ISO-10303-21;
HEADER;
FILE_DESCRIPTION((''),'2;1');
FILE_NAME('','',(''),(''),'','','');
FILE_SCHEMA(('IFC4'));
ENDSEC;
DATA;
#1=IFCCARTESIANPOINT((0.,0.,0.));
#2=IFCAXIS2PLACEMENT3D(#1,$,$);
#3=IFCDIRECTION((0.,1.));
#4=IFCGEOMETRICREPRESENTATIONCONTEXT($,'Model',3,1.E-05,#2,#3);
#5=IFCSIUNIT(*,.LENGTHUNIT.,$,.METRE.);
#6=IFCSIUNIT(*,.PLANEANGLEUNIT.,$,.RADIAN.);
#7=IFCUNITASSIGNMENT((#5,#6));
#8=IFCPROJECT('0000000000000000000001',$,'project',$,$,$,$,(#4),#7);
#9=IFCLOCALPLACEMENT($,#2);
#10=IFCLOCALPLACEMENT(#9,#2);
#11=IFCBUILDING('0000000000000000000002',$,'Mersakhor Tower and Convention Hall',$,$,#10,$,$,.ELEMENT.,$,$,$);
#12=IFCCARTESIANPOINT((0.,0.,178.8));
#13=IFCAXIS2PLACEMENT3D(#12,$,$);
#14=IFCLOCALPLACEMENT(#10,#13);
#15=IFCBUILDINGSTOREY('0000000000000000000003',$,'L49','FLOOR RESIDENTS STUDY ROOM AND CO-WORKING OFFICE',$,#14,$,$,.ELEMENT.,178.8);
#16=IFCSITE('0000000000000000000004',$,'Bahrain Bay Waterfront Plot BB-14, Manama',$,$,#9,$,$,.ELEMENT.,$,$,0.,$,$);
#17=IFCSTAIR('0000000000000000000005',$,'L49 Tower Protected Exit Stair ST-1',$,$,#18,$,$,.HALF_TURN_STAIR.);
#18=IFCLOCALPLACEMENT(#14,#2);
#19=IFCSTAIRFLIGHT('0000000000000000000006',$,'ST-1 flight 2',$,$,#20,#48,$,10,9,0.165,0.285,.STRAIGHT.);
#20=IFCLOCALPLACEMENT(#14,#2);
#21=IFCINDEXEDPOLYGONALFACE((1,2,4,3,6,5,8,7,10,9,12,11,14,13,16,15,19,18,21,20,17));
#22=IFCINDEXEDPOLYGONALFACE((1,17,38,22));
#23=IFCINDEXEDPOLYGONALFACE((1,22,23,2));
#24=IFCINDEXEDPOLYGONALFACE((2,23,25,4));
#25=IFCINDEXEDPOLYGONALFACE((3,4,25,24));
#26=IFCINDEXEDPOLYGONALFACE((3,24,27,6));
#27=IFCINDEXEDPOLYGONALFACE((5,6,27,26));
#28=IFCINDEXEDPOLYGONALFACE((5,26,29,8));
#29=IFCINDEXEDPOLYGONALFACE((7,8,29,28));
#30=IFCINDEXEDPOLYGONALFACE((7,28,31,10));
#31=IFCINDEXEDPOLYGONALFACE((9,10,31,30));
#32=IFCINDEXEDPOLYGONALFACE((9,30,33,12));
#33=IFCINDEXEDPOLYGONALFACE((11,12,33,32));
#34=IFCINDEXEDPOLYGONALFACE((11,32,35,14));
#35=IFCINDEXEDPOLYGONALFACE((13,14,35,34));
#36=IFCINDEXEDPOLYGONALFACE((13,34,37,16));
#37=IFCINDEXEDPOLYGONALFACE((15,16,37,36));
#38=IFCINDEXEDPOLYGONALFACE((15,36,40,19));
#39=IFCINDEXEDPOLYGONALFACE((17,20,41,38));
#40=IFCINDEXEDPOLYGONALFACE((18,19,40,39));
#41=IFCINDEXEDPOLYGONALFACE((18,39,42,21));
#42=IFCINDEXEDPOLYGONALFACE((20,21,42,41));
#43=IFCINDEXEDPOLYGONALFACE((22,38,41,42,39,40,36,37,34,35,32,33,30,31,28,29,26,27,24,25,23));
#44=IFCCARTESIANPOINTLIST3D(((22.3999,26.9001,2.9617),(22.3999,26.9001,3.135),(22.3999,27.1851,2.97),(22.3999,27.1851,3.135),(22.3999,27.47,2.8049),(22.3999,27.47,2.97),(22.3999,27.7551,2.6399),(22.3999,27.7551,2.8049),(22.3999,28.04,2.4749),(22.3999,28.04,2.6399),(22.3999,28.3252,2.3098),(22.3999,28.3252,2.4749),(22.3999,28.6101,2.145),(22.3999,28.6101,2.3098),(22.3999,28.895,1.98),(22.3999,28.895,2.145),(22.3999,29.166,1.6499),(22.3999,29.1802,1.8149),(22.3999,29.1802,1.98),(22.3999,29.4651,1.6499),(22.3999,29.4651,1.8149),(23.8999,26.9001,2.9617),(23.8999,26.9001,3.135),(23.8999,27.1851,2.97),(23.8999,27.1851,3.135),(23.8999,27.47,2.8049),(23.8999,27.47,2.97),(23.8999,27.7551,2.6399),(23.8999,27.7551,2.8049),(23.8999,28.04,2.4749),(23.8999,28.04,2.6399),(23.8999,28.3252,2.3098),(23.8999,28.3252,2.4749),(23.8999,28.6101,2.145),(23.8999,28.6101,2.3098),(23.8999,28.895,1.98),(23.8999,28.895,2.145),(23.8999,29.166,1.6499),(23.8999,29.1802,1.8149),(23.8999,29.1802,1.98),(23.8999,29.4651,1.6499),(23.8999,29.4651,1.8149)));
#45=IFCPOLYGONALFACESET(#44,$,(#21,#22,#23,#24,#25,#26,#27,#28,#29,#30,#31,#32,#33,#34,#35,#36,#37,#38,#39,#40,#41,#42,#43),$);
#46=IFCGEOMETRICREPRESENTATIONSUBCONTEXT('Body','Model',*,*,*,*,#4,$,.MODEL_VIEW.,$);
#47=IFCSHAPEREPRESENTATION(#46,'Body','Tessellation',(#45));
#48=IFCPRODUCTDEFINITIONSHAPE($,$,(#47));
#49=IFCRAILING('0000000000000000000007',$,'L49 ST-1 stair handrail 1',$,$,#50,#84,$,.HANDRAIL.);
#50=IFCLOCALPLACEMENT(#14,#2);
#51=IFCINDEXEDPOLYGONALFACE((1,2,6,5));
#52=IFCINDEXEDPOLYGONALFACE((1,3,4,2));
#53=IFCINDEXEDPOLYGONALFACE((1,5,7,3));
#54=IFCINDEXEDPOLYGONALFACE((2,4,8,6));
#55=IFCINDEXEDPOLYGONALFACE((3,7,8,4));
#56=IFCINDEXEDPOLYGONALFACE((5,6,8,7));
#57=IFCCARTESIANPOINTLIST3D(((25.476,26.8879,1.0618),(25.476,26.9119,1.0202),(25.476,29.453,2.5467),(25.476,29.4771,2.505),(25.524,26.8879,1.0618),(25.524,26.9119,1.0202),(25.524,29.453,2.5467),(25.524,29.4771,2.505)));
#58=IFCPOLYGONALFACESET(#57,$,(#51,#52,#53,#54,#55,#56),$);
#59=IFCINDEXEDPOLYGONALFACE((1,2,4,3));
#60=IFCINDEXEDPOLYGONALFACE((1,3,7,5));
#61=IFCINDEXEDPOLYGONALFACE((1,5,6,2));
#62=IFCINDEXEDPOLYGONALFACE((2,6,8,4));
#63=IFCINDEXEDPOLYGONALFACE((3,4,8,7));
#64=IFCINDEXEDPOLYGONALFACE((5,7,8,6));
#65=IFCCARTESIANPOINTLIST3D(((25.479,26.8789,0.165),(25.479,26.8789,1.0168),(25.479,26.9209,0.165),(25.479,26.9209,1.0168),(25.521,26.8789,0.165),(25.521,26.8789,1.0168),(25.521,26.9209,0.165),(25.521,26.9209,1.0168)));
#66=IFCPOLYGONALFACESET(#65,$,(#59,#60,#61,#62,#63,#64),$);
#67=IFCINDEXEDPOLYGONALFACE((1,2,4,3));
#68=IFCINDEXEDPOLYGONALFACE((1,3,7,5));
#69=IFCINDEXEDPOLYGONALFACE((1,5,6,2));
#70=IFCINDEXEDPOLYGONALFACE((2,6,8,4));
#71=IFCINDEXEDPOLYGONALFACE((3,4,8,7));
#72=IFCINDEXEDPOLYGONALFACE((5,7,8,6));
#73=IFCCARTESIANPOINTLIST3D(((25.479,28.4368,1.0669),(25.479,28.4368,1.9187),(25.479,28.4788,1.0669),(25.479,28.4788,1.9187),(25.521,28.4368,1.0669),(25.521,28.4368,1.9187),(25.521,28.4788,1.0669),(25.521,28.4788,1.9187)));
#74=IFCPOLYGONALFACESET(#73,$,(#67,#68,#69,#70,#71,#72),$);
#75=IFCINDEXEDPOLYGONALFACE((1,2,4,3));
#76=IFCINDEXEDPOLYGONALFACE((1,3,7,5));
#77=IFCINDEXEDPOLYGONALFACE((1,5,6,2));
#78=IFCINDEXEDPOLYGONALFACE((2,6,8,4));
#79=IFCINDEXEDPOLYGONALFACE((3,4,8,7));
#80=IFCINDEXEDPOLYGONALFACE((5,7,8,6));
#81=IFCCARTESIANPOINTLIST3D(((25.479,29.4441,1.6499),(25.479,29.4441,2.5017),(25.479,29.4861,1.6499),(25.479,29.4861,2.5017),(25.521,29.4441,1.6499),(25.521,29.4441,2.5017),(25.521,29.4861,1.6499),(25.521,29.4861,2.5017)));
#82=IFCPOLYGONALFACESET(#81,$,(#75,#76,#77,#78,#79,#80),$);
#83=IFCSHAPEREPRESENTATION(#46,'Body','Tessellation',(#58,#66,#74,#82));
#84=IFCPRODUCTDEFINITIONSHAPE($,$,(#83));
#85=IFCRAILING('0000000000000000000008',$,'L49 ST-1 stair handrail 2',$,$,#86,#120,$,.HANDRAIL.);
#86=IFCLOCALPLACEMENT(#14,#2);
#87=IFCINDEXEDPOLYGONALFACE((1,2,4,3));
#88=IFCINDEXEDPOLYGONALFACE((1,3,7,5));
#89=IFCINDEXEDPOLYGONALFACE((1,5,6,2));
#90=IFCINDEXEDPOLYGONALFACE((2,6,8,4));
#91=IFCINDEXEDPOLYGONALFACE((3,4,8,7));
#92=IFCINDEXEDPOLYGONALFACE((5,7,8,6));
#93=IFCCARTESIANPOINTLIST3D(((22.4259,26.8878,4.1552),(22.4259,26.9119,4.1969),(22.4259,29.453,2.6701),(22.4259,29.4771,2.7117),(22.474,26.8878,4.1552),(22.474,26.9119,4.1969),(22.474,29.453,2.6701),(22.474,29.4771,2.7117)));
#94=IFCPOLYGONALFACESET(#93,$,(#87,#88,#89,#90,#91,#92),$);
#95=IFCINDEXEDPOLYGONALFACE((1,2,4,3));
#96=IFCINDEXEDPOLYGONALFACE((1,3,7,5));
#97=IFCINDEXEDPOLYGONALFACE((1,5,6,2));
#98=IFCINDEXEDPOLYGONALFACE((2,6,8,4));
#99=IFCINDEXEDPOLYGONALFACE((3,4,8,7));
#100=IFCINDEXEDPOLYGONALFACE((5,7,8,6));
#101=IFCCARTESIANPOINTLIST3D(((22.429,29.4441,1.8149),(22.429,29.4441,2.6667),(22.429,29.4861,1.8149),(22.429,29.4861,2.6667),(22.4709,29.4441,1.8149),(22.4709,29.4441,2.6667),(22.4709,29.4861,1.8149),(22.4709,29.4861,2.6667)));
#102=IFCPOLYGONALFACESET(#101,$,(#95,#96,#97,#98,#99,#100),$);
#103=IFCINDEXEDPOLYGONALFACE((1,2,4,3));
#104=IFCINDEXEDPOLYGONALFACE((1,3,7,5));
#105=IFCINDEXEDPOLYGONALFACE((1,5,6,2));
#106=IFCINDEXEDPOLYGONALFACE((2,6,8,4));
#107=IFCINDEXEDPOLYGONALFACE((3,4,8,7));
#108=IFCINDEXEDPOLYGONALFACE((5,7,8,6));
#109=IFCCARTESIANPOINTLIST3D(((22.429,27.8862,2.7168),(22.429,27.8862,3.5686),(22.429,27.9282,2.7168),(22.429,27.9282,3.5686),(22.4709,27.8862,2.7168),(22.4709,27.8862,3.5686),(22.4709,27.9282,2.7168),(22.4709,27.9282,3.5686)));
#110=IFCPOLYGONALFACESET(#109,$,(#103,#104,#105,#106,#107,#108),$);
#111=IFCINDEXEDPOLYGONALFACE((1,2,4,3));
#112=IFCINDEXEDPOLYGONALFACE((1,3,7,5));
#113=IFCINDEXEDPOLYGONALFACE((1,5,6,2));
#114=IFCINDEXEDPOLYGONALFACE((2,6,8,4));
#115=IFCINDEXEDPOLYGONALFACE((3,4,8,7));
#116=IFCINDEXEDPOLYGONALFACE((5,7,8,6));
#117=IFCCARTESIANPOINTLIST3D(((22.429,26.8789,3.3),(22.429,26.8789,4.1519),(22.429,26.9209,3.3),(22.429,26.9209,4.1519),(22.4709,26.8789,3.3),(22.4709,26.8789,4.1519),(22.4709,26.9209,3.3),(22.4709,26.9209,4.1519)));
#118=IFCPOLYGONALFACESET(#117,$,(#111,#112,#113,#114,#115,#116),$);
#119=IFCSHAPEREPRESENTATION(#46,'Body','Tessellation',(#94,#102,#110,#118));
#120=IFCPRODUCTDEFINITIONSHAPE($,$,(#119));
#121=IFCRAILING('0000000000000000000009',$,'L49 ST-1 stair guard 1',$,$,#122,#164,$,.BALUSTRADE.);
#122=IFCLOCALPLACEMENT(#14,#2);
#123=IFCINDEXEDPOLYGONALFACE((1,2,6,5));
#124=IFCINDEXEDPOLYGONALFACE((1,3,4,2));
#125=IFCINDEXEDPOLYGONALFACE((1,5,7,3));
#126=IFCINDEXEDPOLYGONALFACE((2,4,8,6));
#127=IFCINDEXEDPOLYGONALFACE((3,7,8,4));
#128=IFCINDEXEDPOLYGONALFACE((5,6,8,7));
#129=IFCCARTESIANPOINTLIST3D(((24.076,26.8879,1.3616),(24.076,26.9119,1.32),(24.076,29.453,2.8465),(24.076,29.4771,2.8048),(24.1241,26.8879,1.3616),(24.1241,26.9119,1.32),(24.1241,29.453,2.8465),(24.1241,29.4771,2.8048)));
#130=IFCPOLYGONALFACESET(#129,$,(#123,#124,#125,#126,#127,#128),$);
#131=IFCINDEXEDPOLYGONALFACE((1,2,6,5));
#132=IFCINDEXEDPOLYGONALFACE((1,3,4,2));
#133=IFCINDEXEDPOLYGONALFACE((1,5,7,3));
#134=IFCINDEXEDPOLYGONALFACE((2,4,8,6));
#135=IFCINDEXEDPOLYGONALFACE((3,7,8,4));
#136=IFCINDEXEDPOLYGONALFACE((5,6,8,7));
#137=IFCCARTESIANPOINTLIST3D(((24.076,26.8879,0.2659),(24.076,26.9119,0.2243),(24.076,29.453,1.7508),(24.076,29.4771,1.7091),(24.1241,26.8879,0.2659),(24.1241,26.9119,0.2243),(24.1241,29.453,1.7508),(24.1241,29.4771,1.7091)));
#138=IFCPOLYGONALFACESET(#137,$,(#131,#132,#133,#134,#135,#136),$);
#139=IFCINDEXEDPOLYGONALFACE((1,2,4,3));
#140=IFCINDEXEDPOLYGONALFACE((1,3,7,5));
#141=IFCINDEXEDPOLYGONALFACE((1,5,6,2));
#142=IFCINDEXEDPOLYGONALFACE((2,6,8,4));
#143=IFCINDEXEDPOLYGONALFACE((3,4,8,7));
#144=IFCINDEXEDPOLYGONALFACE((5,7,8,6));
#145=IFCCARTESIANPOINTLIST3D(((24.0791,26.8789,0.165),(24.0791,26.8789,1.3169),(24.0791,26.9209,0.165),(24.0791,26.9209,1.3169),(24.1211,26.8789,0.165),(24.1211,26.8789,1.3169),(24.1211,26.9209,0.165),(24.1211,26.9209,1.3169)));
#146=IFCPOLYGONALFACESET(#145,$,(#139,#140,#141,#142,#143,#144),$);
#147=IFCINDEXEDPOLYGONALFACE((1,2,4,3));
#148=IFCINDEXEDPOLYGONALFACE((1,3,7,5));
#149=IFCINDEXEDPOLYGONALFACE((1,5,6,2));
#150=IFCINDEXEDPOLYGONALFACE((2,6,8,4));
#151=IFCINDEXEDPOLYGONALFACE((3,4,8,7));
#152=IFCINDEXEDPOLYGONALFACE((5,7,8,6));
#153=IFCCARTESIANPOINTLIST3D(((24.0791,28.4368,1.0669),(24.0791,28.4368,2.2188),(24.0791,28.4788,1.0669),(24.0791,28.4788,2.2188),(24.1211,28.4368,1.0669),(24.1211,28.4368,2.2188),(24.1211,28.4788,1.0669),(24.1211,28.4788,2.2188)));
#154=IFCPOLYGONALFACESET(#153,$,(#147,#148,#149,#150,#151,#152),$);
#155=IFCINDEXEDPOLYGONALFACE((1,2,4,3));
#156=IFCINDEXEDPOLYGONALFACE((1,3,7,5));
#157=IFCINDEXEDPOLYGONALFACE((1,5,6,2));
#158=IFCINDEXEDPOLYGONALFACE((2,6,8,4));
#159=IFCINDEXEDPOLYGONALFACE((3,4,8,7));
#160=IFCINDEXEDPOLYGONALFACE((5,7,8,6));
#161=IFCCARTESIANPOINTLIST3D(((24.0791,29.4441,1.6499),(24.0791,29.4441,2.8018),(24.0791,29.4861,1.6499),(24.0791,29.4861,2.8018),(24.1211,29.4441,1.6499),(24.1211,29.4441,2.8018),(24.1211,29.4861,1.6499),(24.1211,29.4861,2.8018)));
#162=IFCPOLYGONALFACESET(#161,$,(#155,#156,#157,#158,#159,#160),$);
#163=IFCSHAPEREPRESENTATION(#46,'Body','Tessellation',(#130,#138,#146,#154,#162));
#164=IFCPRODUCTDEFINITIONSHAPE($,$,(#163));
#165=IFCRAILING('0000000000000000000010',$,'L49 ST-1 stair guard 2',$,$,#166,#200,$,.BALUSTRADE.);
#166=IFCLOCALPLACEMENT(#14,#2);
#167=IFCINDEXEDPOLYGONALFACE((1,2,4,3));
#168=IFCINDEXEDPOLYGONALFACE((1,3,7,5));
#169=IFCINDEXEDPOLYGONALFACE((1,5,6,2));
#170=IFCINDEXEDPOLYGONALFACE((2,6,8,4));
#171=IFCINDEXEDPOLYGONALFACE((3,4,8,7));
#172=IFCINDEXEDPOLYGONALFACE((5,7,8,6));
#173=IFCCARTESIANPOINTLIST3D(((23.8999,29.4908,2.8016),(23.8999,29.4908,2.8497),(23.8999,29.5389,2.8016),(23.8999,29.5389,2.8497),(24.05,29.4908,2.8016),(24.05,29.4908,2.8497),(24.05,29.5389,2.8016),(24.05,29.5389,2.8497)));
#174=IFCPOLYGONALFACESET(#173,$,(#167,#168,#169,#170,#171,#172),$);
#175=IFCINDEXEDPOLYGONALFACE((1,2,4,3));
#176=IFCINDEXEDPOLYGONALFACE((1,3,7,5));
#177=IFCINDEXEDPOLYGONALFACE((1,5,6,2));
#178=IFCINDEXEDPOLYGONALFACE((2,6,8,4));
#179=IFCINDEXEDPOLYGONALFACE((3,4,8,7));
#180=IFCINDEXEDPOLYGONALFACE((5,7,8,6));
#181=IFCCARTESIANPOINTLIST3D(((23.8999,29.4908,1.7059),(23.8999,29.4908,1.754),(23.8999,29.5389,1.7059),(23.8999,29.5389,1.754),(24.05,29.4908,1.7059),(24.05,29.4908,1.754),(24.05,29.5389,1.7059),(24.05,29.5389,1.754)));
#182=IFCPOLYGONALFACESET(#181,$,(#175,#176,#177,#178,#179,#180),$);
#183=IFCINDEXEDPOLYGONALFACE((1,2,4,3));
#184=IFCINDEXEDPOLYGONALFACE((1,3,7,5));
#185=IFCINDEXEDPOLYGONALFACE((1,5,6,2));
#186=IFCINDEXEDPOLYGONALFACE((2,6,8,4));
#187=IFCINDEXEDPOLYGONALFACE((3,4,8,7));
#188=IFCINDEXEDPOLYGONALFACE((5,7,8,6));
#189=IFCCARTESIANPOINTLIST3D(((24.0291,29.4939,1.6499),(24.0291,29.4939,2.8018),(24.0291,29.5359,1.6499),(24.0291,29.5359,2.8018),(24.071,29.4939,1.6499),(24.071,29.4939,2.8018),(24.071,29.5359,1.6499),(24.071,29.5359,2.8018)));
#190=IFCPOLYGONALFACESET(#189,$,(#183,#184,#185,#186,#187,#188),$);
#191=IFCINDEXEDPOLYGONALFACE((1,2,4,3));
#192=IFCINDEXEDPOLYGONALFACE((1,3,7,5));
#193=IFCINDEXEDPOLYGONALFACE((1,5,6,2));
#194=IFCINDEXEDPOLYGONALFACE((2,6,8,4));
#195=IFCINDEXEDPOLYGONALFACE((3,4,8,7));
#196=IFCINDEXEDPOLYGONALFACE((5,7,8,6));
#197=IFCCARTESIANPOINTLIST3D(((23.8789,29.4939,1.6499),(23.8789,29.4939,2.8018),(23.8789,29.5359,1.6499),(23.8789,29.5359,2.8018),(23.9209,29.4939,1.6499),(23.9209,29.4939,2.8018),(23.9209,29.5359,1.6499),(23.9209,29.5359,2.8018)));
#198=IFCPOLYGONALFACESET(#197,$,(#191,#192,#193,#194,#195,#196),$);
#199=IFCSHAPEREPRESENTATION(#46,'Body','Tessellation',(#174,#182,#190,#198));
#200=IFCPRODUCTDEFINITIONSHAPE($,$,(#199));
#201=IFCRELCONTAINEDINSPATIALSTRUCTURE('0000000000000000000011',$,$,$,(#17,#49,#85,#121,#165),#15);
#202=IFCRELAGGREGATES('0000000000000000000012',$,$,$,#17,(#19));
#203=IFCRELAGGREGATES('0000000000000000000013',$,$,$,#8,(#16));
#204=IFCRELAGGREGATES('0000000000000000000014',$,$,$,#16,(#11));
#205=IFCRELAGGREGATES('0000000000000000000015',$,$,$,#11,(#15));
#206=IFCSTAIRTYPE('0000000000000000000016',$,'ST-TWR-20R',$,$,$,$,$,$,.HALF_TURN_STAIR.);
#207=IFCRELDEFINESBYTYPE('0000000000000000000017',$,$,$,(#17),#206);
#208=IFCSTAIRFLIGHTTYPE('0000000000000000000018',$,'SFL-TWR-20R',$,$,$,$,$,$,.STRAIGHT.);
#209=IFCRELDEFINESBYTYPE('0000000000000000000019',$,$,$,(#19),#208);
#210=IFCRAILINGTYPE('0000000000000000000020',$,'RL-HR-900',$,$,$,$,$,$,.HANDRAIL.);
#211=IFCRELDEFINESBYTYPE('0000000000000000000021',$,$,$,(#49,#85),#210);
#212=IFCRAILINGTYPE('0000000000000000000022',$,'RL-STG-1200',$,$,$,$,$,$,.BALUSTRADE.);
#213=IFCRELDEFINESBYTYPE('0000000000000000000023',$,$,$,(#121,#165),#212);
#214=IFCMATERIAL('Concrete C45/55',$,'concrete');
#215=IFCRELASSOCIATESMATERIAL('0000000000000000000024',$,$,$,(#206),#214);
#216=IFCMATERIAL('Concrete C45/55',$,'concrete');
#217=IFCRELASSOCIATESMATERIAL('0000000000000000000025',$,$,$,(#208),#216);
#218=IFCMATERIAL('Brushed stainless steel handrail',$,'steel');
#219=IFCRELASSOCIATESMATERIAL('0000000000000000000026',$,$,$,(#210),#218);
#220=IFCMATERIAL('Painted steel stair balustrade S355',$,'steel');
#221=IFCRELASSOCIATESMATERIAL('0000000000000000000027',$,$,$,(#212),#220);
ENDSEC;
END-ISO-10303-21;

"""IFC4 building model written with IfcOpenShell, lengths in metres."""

from ifc_helpers import new_model, si_unit, direction, frame, origin, origin_2d, place, context, subcontext, project, spatial, polyline, rectangle, outline, extrude, material, type_object, element, aggregate, save


model = new_model("IFC4")

# Units and contexts
model_context = context("Model", 3, precision=1e-05, world=origin(), true_north=direction((0.0, 1.0)))
body_context = subcontext(model_context, "Body", "Model", "MODEL_VIEW")
ifc_project = project(units=[si_unit("LENGTHUNIT", "METRE"), si_unit("PLANEANGLEUNIT", "RADIAN")], contexts=[model_context])

# Site, building, storey
site_placement = place(None, origin())
site = spatial("IfcSite", under=ifc_project, at=site_placement, Name="Bahrain Bay Waterfront Plot BB-14, Manama", CompositionType="ELEMENT", RefElevation=0.0)
building_placement = place(site_placement, origin())
building = spatial("IfcBuilding", under=site, at=building_placement, Name="Mersakhor Tower and Convention Hall", CompositionType="ELEMENT")
storey_placement = place(building_placement, frame((0.0, 0.0, 178.8)))
storey = spatial("IfcBuildingStorey", under=building, at=storey_placement, Name="L49", Description="FLOOR RESIDENTS STUDY ROOM AND CO-WORKING OFFICE", CompositionType="ELEMENT", Elevation=178.8)

# Stair, stair flight
ifc_material_1 = material(Name="Concrete C45/55", Category="concrete")
stair_type = type_object("IfcStairType", Name="ST-TWR-20R", PredefinedType="HALF_TURN_STAIR", material=ifc_material_1)
stair_placement = place(storey_placement, origin())
stair = element("IfcStair", 1, at=stair_placement, inside=storey, type_object=stair_type, Name="L49 Tower Protected Exit Stair ST-1", PredefinedType="HALF_TURN_STAIR")
ifc_material_2 = material(Name="Concrete C45/55", Category="concrete")
stair_flight_type = type_object("IfcStairFlightType", Name="SFL-TWR-20R", PredefinedType="STRAIGHT", material=ifc_material_2)
stair_flight_1_placement = place(storey_placement, frame((23.1499, 29.4651, 1.6499), z_axis=(0.0, 0.0, 1.0), x_axis=(0.0, -1.0, 0.0)))
stair_flight_1 = element("IfcStairFlight", 2, at=stair_flight_1_placement, type_object=stair_flight_type, Name="ST-1 flight 2", NumberOfRisers=10, NumberOfTreads=9, PredefinedType="STRAIGHT", RiserHeight=0.165, TreadLength=0.285, context=body_context, shape_type="SweptSolid", body=[
    extrude(outline(polyline([(0.0, 0.0), (0.0, 0.165), (0.2849, 0.165), (0.2849, 0.3301), (0.5701, 0.3301), (0.5701, 0.4951), (0.855, 0.4951), (0.855, 0.6599), (1.1399, 0.6599), (1.1399, 0.825), (1.425, 0.825), (1.425, 0.99), (1.71, 0.99), (1.71, 1.155), (1.9951, 1.155), (1.9951, 1.3201), (2.28, 1.3201), (2.28, 1.4851), (2.5649, 1.4851), (2.5649, 1.6499), (2.5649, 1.3118), (0.2991, 0.0), (0.0, 0.0)])), frame((0.0, 0.75, 0.0), z_axis=(0.0, -1.0, 0.0), x_axis=(1.0, 0.0, 0.0)), (0.0, 0.0, 1.0), 1.5),
])
aggregate(stair, [stair_flight_1])

# Railings
ifc_material_3 = material(Name="Brushed stainless steel handrail", Category="steel")
railing_type_1 = type_object("IfcRailingType", Name="RL-HR-900", PredefinedType="HANDRAIL", material=ifc_material_3)
railing_1_placement = place(storey_placement, frame((25.5, 26.8999, 0.165)))
element("IfcRailing", 3, at=railing_1_placement, inside=storey, type_object=railing_type_1, Name="L49 ST-1 stair handrail 1", PredefinedType="HANDRAIL", context=body_context, shape_type="SweptSolid", body=[
    extrude(rectangle(XDim=0.0481, YDim=0.0481, at=origin_2d()), frame((0.0, 0.0, 0.876), z_axis=(0.0, 0.865462, 0.500975), x_axis=(-1.0, 0.0, 0.0)), (0.0, 0.0, 1.0), 2.9639),
    extrude(rectangle(XDim=0.042, YDim=0.042, at=origin_2d()), origin(), (0.0, 0.0, 1.0), 0.8518),
    extrude(rectangle(XDim=0.042, YDim=0.042, at=origin_2d()), frame((0.0, 1.5579, 0.9019)), (0.0, 0.0, 1.0), 0.8518),
    extrude(rectangle(XDim=0.042, YDim=0.042, at=origin_2d()), frame((0.0, 2.5652, 1.4849)), (0.0, 0.0, 1.0), 0.8518),
])
railing_2_placement = place(storey_placement, frame((22.45, 29.4651, 1.8149)))
element("IfcRailing", 4, at=railing_2_placement, inside=storey, type_object=railing_type_1, Name="L49 ST-1 stair handrail 2", PredefinedType="HANDRAIL", context=body_context, shape_type="SweptSolid", body=[
    extrude(rectangle(XDim=0.0481, YDim=0.0481, at=origin_2d()), frame((0.0, 0.0, 0.876), z_axis=(0.0, -0.865426, 0.501036), x_axis=(1.0, 0.0, 0.0)), (0.0, 0.0, 1.0), 2.9641),
    extrude(rectangle(XDim=0.042, YDim=0.042, at=origin_2d()), origin(), (0.0, 0.0, 1.0), 0.8518),
    extrude(rectangle(XDim=0.042, YDim=0.042, at=origin_2d()), frame((0.0, -1.5579, 0.9019)), (0.0, 0.0, 1.0), 0.8518),
    extrude(rectangle(XDim=0.042, YDim=0.042, at=origin_2d()), frame((0.0, -2.5652, 1.4851)), (0.0, 0.0, 1.0), 0.8518),
])
ifc_material_4 = material(Name="Painted steel stair balustrade S355", Category="steel")
railing_type_2 = type_object("IfcRailingType", Name="RL-STG-1200", PredefinedType="BALUSTRADE", material=ifc_material_4)
railing_3_placement = place(storey_placement, frame((24.1001, 26.8999, 0.165)))
element("IfcRailing", 5, at=railing_3_placement, inside=storey, type_object=railing_type_2, Name="L49 ST-1 stair guard 1", PredefinedType="BALUSTRADE", context=body_context, shape_type="SweptSolid", body=[
    extrude(rectangle(XDim=0.0481, YDim=0.0481, at=origin_2d()), frame((0.0, 0.0, 1.1758), z_axis=(0.0, 0.865462, 0.500975), x_axis=(-1.0, 0.0, 0.0)), (0.0, 0.0, 1.0), 2.9639),
    extrude(rectangle(XDim=0.0481, YDim=0.0481, at=origin_2d()), frame((0.0, 0.0, 0.0801), z_axis=(0.0, 0.865462, 0.500975), x_axis=(-1.0, 0.0, 0.0)), (0.0, 0.0, 1.0), 2.9639),
    extrude(rectangle(XDim=0.042, YDim=0.042, at=origin_2d()), origin(), (0.0, 0.0, 1.0), 1.1519),
    extrude(rectangle(XDim=0.042, YDim=0.042, at=origin_2d()), frame((0.0, 1.5579, 0.9019)), (0.0, 0.0, 1.0), 1.1519),
    extrude(rectangle(XDim=0.042, YDim=0.042, at=origin_2d()), frame((0.0, 2.5652, 1.4849)), (0.0, 0.0, 1.0), 1.1519),
])
railing_4_placement = place(storey_placement, frame((24.05, 29.5149, 1.6499)))
element("IfcRailing", 6, at=railing_4_placement, inside=storey, type_object=railing_type_2, Name="L49 ST-1 stair guard 2", PredefinedType="BALUSTRADE", context=body_context, shape_type="SweptSolid", body=[
    extrude(rectangle(XDim=0.0481, YDim=0.0481, at=origin_2d()), frame((0.0, 0.0, 1.1758), z_axis=(-1.0, 0.0, 0.0), x_axis=(0.0, -1.0, 0.0)), (0.0, 0.0, 1.0), 0.1501),
    extrude(rectangle(XDim=0.0481, YDim=0.0481, at=origin_2d()), frame((0.0, 0.0, 0.0801), z_axis=(-1.0, 0.0, 0.0), x_axis=(0.0, -1.0, 0.0)), (0.0, 0.0, 1.0), 0.1501),
    extrude(rectangle(XDim=0.042, YDim=0.042, at=origin_2d()), origin(), (0.0, 0.0, 1.0), 1.1519),
    extrude(rectangle(XDim=0.042, YDim=0.042, at=origin_2d()), frame((-0.1501, 0.0, 0.0)), (0.0, 0.0, 1.0), 1.1519),
])

save(model, "model.ifc")
